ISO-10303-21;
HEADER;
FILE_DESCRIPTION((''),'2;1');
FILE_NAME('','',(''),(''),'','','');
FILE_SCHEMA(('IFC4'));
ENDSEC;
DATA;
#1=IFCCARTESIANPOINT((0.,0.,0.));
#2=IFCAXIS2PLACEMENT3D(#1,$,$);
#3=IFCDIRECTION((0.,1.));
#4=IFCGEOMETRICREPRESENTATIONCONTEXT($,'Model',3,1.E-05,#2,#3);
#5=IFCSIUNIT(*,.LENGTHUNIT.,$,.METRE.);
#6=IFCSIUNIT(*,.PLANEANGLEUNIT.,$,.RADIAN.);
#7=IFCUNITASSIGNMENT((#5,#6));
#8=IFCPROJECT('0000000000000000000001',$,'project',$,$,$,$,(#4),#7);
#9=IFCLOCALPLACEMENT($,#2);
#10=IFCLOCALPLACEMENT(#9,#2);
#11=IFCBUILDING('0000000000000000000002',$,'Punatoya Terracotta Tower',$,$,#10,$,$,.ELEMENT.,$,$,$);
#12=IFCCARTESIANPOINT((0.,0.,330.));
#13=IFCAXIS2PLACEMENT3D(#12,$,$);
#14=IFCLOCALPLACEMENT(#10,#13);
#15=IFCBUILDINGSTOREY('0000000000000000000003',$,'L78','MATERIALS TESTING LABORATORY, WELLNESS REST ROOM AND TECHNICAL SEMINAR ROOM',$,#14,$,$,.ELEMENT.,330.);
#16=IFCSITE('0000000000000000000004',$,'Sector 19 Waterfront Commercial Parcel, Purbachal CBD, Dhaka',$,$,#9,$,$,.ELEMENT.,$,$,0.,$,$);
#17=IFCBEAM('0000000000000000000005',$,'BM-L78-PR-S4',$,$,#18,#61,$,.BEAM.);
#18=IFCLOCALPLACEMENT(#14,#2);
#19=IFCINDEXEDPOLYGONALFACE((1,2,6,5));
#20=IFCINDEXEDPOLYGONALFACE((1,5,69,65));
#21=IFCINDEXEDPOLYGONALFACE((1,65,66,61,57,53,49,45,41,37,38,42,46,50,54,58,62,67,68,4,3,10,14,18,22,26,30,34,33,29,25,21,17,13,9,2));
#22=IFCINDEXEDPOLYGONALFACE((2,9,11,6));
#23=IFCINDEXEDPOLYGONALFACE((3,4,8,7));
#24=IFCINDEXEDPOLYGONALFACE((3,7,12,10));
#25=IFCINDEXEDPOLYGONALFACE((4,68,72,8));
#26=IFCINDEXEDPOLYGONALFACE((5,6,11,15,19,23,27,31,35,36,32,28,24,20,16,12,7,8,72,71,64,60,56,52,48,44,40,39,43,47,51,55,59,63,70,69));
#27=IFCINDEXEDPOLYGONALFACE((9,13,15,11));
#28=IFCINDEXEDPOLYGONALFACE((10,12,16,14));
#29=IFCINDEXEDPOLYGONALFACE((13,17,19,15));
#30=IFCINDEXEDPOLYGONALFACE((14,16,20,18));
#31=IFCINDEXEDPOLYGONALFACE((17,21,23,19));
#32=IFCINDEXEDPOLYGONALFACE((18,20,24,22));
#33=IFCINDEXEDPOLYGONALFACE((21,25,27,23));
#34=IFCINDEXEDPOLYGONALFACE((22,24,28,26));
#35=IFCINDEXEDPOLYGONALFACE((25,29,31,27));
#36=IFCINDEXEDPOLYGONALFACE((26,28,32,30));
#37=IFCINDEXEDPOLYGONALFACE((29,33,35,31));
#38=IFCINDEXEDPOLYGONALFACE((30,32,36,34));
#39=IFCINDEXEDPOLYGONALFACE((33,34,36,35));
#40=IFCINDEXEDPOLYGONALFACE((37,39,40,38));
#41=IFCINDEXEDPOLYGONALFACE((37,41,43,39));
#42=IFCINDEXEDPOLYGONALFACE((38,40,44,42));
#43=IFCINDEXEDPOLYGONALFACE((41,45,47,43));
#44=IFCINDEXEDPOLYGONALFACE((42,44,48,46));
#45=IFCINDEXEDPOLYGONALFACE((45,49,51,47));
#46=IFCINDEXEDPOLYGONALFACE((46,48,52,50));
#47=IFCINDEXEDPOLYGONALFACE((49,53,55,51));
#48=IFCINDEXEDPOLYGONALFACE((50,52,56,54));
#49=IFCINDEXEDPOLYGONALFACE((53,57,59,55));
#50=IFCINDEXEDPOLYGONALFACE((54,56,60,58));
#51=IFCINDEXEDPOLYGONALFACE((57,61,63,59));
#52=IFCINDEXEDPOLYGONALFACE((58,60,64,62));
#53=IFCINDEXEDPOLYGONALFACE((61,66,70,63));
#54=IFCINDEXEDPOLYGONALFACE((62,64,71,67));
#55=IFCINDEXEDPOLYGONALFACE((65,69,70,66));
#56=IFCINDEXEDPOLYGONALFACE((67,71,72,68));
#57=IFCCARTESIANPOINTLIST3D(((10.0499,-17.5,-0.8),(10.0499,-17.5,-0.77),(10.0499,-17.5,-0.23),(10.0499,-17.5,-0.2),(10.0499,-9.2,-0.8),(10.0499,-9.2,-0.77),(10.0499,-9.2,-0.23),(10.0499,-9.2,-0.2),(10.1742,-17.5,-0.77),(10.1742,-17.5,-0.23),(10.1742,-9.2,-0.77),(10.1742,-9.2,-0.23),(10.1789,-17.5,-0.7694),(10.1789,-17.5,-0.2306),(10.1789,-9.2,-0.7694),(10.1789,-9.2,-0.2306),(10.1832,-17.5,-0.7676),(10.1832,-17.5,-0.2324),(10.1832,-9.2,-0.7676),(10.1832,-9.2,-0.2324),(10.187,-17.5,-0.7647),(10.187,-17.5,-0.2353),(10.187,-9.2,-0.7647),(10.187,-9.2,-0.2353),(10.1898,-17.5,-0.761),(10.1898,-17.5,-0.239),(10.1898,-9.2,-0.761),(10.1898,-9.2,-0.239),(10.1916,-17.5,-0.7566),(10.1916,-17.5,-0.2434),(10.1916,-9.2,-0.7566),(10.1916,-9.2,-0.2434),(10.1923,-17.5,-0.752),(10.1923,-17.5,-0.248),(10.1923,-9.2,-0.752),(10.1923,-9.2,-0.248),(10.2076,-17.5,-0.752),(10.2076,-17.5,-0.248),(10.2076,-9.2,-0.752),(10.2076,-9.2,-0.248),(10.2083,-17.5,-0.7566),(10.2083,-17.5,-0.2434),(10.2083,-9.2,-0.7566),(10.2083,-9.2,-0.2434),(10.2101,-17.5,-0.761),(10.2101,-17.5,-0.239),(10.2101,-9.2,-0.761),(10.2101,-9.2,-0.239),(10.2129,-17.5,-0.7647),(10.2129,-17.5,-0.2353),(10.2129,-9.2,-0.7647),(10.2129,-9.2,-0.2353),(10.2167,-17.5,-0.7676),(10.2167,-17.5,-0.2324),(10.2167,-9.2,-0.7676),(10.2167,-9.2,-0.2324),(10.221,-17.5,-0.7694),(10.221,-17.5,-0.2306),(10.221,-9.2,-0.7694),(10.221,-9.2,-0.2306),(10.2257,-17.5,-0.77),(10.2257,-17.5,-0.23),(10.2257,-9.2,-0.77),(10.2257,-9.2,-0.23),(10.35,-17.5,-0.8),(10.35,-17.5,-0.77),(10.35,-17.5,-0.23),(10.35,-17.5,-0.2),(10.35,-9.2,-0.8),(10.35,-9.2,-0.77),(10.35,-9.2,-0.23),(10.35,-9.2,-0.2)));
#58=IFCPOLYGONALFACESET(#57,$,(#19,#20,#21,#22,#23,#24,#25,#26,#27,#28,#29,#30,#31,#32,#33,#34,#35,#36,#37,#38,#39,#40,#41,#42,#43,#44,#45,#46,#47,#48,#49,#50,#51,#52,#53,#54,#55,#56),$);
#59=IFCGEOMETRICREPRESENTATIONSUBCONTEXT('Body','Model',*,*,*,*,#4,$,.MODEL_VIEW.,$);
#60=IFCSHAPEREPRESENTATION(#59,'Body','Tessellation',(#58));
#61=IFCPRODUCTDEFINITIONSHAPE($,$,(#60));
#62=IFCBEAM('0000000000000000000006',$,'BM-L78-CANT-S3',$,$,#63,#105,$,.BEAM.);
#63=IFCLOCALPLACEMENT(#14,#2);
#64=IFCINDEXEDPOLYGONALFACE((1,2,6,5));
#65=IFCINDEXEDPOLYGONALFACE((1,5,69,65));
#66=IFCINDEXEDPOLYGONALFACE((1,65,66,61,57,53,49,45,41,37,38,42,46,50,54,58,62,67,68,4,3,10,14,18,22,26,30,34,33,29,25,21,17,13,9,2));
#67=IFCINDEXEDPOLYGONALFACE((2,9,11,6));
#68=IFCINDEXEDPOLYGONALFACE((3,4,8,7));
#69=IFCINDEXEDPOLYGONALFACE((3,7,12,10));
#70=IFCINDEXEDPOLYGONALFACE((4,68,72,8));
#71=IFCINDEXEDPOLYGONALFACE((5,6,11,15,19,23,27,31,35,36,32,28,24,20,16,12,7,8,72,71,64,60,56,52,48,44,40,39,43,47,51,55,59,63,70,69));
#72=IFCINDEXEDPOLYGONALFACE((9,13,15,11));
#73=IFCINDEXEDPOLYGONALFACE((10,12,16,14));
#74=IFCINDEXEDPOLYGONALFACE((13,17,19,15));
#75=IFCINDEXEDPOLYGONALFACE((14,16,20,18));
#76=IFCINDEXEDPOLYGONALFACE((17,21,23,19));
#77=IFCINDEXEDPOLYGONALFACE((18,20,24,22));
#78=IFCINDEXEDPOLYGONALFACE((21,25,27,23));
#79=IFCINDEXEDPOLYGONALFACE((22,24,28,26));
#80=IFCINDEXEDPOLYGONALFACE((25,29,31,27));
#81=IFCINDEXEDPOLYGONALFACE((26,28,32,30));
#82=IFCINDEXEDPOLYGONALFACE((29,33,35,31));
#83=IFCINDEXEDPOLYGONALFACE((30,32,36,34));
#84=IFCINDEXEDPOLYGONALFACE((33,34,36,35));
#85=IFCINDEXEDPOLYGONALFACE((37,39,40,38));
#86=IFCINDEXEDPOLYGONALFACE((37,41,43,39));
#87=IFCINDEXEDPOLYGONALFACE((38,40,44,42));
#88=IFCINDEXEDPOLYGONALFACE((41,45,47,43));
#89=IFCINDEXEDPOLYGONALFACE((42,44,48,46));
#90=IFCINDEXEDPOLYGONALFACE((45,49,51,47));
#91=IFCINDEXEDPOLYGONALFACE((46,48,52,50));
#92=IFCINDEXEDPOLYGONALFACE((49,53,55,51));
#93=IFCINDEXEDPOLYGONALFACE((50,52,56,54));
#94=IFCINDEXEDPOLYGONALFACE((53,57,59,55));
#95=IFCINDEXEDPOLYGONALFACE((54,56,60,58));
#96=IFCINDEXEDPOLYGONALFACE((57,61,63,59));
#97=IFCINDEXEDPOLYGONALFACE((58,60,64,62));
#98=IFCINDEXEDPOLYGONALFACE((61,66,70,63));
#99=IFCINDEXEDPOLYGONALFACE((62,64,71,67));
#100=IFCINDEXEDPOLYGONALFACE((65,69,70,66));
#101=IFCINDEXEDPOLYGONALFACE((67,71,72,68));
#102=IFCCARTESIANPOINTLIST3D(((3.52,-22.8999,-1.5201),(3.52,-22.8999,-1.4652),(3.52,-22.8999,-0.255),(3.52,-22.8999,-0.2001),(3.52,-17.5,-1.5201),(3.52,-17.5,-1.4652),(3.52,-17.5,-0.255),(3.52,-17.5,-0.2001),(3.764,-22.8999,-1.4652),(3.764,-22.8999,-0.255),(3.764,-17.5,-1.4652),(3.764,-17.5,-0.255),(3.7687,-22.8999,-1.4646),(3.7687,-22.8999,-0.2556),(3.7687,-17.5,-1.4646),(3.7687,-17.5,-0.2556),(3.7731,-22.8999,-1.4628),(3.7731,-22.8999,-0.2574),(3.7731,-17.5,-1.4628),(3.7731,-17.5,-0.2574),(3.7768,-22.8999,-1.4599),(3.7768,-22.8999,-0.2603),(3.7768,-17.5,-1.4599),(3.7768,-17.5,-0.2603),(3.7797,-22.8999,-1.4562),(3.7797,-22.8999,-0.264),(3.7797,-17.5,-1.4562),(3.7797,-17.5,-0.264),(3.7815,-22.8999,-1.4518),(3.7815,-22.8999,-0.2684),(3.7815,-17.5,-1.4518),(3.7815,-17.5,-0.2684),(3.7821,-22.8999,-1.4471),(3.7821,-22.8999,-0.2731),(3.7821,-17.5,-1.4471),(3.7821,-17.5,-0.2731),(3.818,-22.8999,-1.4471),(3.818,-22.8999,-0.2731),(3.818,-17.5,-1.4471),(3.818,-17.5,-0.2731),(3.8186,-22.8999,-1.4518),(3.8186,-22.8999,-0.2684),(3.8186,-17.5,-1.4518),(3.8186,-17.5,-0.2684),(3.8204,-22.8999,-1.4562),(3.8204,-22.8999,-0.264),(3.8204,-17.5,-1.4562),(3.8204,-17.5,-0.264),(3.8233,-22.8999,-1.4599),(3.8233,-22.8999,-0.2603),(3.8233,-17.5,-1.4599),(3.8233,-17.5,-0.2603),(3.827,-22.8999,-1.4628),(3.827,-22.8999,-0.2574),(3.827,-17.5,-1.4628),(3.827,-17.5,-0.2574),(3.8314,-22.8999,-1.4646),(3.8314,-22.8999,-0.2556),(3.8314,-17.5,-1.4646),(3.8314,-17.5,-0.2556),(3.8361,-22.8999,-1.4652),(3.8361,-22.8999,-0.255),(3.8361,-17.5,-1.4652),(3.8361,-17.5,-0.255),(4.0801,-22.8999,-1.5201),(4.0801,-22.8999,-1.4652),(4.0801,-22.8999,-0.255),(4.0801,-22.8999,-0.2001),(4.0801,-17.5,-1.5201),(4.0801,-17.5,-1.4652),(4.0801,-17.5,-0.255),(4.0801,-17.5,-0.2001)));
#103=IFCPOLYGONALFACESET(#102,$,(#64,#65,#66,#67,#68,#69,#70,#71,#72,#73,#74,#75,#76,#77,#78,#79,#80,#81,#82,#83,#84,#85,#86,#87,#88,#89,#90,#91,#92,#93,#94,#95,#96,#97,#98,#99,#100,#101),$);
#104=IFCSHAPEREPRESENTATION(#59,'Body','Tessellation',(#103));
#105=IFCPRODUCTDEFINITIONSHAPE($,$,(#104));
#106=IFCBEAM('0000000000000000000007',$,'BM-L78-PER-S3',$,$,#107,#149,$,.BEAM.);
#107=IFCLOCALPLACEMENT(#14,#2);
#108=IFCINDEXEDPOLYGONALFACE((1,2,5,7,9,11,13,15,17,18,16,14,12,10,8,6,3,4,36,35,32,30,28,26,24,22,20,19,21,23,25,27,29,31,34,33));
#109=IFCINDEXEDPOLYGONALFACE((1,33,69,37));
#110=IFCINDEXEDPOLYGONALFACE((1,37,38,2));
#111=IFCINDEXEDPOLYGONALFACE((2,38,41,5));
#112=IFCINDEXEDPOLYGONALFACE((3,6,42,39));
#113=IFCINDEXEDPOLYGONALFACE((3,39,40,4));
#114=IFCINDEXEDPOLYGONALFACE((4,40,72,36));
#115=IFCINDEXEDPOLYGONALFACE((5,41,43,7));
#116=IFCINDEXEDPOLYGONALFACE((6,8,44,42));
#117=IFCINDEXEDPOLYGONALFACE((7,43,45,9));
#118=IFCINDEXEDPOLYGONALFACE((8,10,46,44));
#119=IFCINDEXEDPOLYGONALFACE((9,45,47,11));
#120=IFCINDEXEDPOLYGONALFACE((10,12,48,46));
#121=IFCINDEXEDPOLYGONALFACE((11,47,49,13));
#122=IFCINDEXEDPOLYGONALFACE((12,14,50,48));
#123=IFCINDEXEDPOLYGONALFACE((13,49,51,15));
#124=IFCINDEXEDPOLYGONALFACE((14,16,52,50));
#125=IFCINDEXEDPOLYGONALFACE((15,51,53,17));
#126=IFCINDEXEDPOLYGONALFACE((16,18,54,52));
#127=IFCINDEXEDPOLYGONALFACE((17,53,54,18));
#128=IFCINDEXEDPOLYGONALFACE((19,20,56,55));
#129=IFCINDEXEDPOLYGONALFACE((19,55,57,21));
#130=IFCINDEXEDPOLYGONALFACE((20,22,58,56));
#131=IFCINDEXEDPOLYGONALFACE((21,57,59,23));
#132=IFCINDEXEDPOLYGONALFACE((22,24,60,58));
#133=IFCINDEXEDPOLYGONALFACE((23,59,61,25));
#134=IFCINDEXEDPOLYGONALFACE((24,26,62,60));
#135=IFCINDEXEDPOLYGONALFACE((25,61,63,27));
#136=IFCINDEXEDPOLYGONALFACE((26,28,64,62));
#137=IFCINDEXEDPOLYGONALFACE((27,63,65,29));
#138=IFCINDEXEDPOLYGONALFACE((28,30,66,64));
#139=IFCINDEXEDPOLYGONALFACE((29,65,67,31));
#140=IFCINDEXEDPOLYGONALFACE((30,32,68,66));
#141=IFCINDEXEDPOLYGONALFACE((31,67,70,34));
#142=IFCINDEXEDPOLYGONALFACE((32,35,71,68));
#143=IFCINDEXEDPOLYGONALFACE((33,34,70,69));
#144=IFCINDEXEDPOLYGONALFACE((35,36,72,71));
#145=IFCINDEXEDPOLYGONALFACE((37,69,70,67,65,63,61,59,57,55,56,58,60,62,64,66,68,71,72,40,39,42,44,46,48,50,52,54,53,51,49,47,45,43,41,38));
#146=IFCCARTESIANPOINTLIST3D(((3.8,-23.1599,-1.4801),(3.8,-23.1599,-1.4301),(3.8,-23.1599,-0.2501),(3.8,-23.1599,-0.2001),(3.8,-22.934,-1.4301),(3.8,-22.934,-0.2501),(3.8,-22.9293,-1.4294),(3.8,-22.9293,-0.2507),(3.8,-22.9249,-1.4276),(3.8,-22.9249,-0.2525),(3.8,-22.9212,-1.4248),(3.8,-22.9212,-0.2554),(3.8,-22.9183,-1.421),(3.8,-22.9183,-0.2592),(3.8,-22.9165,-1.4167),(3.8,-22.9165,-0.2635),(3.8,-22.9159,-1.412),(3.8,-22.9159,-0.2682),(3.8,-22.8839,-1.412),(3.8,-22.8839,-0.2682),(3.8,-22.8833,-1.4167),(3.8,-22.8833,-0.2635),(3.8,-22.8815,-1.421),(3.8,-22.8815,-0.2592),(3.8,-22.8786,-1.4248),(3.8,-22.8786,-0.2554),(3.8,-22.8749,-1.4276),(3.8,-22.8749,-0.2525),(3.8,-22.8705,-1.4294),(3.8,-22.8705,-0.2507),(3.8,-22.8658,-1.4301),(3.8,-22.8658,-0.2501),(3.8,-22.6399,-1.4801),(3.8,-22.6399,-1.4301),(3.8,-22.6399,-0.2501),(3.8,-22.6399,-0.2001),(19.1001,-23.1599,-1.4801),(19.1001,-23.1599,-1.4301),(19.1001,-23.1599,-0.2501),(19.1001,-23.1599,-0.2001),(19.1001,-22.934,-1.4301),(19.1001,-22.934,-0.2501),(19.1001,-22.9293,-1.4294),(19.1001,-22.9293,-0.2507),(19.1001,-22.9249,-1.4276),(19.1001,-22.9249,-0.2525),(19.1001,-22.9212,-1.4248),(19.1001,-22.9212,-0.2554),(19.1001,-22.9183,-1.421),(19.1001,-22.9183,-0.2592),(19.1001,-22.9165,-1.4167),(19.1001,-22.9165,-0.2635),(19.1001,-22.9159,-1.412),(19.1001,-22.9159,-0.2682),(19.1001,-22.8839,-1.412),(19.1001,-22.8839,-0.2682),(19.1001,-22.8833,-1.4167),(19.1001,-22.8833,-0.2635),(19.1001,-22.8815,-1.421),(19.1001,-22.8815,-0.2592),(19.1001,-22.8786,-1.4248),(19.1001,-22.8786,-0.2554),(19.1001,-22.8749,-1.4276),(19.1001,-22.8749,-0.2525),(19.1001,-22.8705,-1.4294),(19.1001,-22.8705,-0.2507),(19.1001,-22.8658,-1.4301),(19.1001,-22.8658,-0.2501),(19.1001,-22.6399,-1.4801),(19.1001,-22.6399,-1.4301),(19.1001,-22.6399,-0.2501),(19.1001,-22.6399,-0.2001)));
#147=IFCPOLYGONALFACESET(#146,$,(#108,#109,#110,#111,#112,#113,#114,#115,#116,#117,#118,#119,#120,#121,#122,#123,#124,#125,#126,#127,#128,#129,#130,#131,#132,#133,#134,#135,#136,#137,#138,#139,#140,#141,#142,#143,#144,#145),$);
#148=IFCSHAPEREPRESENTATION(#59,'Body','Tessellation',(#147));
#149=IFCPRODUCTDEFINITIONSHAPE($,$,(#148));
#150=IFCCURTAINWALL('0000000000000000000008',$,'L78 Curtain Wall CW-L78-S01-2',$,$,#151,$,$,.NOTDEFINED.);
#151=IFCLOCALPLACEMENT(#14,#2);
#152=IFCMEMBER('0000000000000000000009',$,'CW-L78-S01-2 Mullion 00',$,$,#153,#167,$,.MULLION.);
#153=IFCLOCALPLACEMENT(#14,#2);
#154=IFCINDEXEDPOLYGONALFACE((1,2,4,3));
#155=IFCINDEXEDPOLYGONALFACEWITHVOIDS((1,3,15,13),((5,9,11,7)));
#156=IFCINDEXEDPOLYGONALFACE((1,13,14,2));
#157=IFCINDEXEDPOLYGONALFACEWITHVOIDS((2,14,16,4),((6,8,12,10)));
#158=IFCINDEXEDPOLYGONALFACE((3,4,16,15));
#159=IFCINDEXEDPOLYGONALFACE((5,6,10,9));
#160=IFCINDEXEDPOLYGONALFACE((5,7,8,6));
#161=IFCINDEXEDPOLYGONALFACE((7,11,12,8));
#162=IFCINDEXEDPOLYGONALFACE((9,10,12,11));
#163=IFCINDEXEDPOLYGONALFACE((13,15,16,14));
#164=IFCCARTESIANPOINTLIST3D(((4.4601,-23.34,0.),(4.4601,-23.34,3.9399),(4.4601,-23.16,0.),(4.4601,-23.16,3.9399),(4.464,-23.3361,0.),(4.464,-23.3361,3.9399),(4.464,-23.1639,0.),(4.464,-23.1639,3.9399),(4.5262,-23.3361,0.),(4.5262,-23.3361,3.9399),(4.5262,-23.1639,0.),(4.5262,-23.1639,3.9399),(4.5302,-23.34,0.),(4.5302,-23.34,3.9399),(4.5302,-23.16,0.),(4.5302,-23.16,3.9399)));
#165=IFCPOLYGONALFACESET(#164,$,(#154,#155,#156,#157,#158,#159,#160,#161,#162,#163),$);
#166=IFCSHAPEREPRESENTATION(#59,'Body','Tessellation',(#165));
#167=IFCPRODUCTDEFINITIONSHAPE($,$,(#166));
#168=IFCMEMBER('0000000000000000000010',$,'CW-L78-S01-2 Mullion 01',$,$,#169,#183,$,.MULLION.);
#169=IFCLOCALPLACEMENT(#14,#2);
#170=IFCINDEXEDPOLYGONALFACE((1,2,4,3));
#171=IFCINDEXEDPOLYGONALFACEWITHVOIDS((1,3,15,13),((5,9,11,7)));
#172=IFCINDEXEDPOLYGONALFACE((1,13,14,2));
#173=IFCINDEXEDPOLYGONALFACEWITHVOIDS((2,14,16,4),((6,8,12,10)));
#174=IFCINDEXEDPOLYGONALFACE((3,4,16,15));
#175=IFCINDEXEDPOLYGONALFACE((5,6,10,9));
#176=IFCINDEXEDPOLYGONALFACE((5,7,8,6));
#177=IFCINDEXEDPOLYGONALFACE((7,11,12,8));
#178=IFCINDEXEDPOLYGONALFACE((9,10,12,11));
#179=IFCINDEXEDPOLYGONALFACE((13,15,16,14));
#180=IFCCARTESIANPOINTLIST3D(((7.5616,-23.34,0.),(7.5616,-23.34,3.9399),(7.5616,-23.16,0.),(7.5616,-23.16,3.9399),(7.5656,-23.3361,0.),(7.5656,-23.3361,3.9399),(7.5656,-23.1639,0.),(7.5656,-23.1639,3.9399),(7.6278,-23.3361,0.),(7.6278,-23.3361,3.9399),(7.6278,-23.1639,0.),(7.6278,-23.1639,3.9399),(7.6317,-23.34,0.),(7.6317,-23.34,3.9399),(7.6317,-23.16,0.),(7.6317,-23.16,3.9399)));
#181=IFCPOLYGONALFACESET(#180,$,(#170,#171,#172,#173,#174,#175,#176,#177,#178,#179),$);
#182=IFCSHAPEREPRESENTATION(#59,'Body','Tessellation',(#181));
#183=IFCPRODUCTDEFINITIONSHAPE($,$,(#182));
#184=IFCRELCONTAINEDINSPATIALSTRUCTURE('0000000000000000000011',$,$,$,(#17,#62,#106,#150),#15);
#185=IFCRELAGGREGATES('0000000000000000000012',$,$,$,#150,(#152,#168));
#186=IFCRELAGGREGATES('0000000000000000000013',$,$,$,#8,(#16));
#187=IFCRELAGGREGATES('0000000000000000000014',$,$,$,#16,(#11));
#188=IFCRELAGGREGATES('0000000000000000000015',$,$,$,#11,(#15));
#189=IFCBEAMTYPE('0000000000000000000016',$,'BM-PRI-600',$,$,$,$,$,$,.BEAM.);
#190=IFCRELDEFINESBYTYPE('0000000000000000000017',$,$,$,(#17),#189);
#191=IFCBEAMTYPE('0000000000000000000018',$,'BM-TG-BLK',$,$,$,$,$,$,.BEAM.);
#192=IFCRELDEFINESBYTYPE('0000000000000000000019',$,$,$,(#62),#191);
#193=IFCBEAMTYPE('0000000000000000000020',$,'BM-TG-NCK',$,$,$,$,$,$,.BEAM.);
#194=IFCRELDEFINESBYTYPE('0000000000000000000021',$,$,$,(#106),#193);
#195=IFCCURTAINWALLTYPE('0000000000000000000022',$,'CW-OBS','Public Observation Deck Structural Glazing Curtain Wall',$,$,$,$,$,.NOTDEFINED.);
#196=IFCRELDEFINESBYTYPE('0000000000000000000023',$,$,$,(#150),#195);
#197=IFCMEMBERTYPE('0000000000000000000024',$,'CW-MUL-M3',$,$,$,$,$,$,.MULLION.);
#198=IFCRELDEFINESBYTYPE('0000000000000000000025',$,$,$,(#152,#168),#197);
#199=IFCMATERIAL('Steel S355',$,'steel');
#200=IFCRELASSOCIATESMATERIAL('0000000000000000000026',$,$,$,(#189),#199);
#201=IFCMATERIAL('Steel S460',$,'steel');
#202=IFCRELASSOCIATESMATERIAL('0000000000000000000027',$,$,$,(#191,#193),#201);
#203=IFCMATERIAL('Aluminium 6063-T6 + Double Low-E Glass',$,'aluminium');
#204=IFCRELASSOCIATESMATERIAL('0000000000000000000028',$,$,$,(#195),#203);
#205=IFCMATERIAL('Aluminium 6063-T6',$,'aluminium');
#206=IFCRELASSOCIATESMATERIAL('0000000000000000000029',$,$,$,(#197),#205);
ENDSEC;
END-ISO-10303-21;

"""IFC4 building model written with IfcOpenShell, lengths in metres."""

from ifc_helpers import new_model, si_unit, direction, frame, origin, origin_2d, place, context, subcontext, project, spatial, hollow_rectangle, i_section, extrude, material, material_profile, profile_set, type_object, element, aggregate, save


model = new_model("IFC4")

# Units and contexts
model_context = context("Model", 3, precision=1e-05, world=origin(), true_north=direction((0.0, 1.0)))
body_context = subcontext(model_context, "Body", "Model", "MODEL_VIEW")
ifc_project = project(units=[si_unit("LENGTHUNIT", "METRE"), si_unit("PLANEANGLEUNIT", "RADIAN")], contexts=[model_context])

# Site, building, storey
site_placement = place(None, origin())
site = spatial("IfcSite", under=ifc_project, at=site_placement, Name="Sector 19 Waterfront Commercial Parcel, Purbachal CBD, Dhaka", CompositionType="ELEMENT", RefElevation=0.0)
building_placement = place(site_placement, origin())
building = spatial("IfcBuilding", under=site, at=building_placement, Name="Punatoya Terracotta Tower", CompositionType="ELEMENT")
storey_placement = place(building_placement, frame((0.0, 0.0, 330.0)))
storey = spatial("IfcBuildingStorey", under=building, at=storey_placement, Name="L78", Description="MATERIALS TESTING LABORATORY, WELLNESS REST ROOM AND TECHNICAL SEMINAR ROOM", CompositionType="ELEMENT", Elevation=330.0)

# Shared definitions
ifc_material_1 = material(Name="Steel S460", Category="steel")

# Beams
ifc_material_2 = material(Name="Steel S355", Category="steel")
ifc_material_profile_1 = material_profile(ifc_material_2, i_section(OverallWidth=0.3, OverallDepth=0.6001, WebThickness=0.0154, FlangeThickness=0.03, FilletRadius=0.0181, at=origin_2d()))
ifc_profile_set_1 = profile_set([ifc_material_profile_1], Name="Steel S355")
beam_type_1 = type_object("IfcBeamType", Name="BM-PRI-600", PredefinedType="BEAM", material=ifc_profile_set_1)
for number, where, z_axis, x_axis, name in (
    (1, (10.2, -17.5, -0.5), (0.0, 1.0, 0.0), (-1.0, 0.0, 0.0), "BM-L78-PR-S4"),
):
    element("IfcBeam", number, at=place(storey_placement, frame(where, z_axis=z_axis, x_axis=x_axis)), inside=storey, type_object=beam_type_1, Name=name, PredefinedType="BEAM", context=body_context, shape_type="SweptSolid", body=[
        extrude(i_section(OverallWidth=0.3, OverallDepth=0.6001, WebThickness=0.0154, FlangeThickness=0.03, FilletRadius=0.0181, at=origin_2d()), origin(), (0.0, 0.0, 1.0), 8.3),
    ])
ifc_material_profile_2 = material_profile(ifc_material_1, i_section(OverallWidth=0.5601, OverallDepth=1.3201, WebThickness=0.0359, FlangeThickness=0.0549, FilletRadius=0.0181, at=origin_2d()))
ifc_profile_set_2 = profile_set([ifc_material_profile_2], Name="Steel S460")
beam_type_2 = type_object("IfcBeamType", Name="BM-TG-BLK", PredefinedType="BEAM", material=ifc_profile_set_2)
beam_1_placement = place(storey_placement, frame((3.8, -22.8999, -0.8601), z_axis=(0.0, 1.0, 0.0), x_axis=(-1.0, 0.0, 0.0)))
element("IfcBeam", 2, at=beam_1_placement, inside=storey, type_object=beam_type_2, Name="BM-L78-CANT-S3", PredefinedType="BEAM", context=body_context, shape_type="SweptSolid", body=[
    extrude(i_section(OverallWidth=0.5601, OverallDepth=1.3201, WebThickness=0.0359, FlangeThickness=0.0549, FilletRadius=0.0181, at=origin_2d()), origin(), (0.0, 0.0, 1.0), 5.3999),
])
ifc_material_profile_3 = material_profile(ifc_material_1, i_section(OverallWidth=0.52, OverallDepth=1.28, WebThickness=0.032, FlangeThickness=0.05, FilletRadius=0.0181, at=origin_2d()))
ifc_profile_set_3 = profile_set([ifc_material_profile_3], Name="Steel S460")
beam_type_3 = type_object("IfcBeamType", Name="BM-TG-NCK", PredefinedType="BEAM", material=ifc_profile_set_3)
beam_2_placement = place(storey_placement, frame((3.8, -22.8999, -0.8401), z_axis=(1.0, 0.0, 0.0), x_axis=(0.0, 1.0, 0.0)))
element("IfcBeam", 3, at=beam_2_placement, inside=storey, type_object=beam_type_3, Name="BM-L78-PER-S3", PredefinedType="BEAM", context=body_context, shape_type="SweptSolid", body=[
    extrude(i_section(OverallWidth=0.52, OverallDepth=1.28, WebThickness=0.032, FlangeThickness=0.05, FilletRadius=0.0181, at=origin_2d()), origin(), (0.0, 0.0, 1.0), 15.3),
])

# Curtain wall, members
ifc_material_3 = material(Name="Aluminium 6063-T6 + Double Low-E Glass", Category="aluminium")
curtain_wall_type = type_object("IfcCurtainWallType", Name="CW-OBS", Description="Public Observation Deck Structural Glazing Curtain Wall", PredefinedType="NOTDEFINED", material=ifc_material_3)
curtain_wall_placement = place(storey_placement, origin())
curtain_wall = element("IfcCurtainWall", 4, at=curtain_wall_placement, inside=storey, type_object=curtain_wall_type, Name="L78 Curtain Wall CW-L78-S01-2", PredefinedType="NOTDEFINED")
ifc_material_4 = material(Name="Aluminium 6063-T6", Category="aluminium")
ifc_material_profile_4 = material_profile(ifc_material_4, hollow_rectangle(XDim=0.0701, YDim=0.1799, WallThickness=0.0039, at=origin_2d()))
ifc_profile_set_4 = profile_set([ifc_material_profile_4], Name="Aluminium 6063-T6")
member_type_1 = type_object("IfcMemberType", Name="CW-MUL-M3", PredefinedType="MULLION", material=ifc_profile_set_4)
member_1_placement = place(storey_placement, frame((4.4951, -23.25, 0.0), z_axis=(0.0, 0.0, 1.0), x_axis=(1.0, 0.0, 0.0)))
member_1 = element("IfcMember", 5, at=member_1_placement, type_object=member_type_1, Name="CW-L78-S01-2 Mullion 00", PredefinedType="MULLION", context=body_context, shape_type="SweptSolid", body=[
    extrude(hollow_rectangle(XDim=0.0701, YDim=0.1799, WallThickness=0.0039, at=origin_2d()), origin(), (0.0, 0.0, 1.0), 3.9399),
])
member_2_placement = place(storey_placement, frame((7.5967, -23.25, 0.0), z_axis=(0.0, 0.0, 1.0), x_axis=(1.0, 0.0, 0.0)))
member_2 = element("IfcMember", 6, at=member_2_placement, type_object=member_type_1, Name="CW-L78-S01-2 Mullion 01", PredefinedType="MULLION", context=body_context, shape_type="SweptSolid", body=[
    extrude(hollow_rectangle(XDim=0.0701, YDim=0.1799, WallThickness=0.0039, at=origin_2d()), origin(), (0.0, 0.0, 1.0), 3.9399),
])

aggregate(curtain_wall, [member_1, member_2])

save(model, "model.ifc")
